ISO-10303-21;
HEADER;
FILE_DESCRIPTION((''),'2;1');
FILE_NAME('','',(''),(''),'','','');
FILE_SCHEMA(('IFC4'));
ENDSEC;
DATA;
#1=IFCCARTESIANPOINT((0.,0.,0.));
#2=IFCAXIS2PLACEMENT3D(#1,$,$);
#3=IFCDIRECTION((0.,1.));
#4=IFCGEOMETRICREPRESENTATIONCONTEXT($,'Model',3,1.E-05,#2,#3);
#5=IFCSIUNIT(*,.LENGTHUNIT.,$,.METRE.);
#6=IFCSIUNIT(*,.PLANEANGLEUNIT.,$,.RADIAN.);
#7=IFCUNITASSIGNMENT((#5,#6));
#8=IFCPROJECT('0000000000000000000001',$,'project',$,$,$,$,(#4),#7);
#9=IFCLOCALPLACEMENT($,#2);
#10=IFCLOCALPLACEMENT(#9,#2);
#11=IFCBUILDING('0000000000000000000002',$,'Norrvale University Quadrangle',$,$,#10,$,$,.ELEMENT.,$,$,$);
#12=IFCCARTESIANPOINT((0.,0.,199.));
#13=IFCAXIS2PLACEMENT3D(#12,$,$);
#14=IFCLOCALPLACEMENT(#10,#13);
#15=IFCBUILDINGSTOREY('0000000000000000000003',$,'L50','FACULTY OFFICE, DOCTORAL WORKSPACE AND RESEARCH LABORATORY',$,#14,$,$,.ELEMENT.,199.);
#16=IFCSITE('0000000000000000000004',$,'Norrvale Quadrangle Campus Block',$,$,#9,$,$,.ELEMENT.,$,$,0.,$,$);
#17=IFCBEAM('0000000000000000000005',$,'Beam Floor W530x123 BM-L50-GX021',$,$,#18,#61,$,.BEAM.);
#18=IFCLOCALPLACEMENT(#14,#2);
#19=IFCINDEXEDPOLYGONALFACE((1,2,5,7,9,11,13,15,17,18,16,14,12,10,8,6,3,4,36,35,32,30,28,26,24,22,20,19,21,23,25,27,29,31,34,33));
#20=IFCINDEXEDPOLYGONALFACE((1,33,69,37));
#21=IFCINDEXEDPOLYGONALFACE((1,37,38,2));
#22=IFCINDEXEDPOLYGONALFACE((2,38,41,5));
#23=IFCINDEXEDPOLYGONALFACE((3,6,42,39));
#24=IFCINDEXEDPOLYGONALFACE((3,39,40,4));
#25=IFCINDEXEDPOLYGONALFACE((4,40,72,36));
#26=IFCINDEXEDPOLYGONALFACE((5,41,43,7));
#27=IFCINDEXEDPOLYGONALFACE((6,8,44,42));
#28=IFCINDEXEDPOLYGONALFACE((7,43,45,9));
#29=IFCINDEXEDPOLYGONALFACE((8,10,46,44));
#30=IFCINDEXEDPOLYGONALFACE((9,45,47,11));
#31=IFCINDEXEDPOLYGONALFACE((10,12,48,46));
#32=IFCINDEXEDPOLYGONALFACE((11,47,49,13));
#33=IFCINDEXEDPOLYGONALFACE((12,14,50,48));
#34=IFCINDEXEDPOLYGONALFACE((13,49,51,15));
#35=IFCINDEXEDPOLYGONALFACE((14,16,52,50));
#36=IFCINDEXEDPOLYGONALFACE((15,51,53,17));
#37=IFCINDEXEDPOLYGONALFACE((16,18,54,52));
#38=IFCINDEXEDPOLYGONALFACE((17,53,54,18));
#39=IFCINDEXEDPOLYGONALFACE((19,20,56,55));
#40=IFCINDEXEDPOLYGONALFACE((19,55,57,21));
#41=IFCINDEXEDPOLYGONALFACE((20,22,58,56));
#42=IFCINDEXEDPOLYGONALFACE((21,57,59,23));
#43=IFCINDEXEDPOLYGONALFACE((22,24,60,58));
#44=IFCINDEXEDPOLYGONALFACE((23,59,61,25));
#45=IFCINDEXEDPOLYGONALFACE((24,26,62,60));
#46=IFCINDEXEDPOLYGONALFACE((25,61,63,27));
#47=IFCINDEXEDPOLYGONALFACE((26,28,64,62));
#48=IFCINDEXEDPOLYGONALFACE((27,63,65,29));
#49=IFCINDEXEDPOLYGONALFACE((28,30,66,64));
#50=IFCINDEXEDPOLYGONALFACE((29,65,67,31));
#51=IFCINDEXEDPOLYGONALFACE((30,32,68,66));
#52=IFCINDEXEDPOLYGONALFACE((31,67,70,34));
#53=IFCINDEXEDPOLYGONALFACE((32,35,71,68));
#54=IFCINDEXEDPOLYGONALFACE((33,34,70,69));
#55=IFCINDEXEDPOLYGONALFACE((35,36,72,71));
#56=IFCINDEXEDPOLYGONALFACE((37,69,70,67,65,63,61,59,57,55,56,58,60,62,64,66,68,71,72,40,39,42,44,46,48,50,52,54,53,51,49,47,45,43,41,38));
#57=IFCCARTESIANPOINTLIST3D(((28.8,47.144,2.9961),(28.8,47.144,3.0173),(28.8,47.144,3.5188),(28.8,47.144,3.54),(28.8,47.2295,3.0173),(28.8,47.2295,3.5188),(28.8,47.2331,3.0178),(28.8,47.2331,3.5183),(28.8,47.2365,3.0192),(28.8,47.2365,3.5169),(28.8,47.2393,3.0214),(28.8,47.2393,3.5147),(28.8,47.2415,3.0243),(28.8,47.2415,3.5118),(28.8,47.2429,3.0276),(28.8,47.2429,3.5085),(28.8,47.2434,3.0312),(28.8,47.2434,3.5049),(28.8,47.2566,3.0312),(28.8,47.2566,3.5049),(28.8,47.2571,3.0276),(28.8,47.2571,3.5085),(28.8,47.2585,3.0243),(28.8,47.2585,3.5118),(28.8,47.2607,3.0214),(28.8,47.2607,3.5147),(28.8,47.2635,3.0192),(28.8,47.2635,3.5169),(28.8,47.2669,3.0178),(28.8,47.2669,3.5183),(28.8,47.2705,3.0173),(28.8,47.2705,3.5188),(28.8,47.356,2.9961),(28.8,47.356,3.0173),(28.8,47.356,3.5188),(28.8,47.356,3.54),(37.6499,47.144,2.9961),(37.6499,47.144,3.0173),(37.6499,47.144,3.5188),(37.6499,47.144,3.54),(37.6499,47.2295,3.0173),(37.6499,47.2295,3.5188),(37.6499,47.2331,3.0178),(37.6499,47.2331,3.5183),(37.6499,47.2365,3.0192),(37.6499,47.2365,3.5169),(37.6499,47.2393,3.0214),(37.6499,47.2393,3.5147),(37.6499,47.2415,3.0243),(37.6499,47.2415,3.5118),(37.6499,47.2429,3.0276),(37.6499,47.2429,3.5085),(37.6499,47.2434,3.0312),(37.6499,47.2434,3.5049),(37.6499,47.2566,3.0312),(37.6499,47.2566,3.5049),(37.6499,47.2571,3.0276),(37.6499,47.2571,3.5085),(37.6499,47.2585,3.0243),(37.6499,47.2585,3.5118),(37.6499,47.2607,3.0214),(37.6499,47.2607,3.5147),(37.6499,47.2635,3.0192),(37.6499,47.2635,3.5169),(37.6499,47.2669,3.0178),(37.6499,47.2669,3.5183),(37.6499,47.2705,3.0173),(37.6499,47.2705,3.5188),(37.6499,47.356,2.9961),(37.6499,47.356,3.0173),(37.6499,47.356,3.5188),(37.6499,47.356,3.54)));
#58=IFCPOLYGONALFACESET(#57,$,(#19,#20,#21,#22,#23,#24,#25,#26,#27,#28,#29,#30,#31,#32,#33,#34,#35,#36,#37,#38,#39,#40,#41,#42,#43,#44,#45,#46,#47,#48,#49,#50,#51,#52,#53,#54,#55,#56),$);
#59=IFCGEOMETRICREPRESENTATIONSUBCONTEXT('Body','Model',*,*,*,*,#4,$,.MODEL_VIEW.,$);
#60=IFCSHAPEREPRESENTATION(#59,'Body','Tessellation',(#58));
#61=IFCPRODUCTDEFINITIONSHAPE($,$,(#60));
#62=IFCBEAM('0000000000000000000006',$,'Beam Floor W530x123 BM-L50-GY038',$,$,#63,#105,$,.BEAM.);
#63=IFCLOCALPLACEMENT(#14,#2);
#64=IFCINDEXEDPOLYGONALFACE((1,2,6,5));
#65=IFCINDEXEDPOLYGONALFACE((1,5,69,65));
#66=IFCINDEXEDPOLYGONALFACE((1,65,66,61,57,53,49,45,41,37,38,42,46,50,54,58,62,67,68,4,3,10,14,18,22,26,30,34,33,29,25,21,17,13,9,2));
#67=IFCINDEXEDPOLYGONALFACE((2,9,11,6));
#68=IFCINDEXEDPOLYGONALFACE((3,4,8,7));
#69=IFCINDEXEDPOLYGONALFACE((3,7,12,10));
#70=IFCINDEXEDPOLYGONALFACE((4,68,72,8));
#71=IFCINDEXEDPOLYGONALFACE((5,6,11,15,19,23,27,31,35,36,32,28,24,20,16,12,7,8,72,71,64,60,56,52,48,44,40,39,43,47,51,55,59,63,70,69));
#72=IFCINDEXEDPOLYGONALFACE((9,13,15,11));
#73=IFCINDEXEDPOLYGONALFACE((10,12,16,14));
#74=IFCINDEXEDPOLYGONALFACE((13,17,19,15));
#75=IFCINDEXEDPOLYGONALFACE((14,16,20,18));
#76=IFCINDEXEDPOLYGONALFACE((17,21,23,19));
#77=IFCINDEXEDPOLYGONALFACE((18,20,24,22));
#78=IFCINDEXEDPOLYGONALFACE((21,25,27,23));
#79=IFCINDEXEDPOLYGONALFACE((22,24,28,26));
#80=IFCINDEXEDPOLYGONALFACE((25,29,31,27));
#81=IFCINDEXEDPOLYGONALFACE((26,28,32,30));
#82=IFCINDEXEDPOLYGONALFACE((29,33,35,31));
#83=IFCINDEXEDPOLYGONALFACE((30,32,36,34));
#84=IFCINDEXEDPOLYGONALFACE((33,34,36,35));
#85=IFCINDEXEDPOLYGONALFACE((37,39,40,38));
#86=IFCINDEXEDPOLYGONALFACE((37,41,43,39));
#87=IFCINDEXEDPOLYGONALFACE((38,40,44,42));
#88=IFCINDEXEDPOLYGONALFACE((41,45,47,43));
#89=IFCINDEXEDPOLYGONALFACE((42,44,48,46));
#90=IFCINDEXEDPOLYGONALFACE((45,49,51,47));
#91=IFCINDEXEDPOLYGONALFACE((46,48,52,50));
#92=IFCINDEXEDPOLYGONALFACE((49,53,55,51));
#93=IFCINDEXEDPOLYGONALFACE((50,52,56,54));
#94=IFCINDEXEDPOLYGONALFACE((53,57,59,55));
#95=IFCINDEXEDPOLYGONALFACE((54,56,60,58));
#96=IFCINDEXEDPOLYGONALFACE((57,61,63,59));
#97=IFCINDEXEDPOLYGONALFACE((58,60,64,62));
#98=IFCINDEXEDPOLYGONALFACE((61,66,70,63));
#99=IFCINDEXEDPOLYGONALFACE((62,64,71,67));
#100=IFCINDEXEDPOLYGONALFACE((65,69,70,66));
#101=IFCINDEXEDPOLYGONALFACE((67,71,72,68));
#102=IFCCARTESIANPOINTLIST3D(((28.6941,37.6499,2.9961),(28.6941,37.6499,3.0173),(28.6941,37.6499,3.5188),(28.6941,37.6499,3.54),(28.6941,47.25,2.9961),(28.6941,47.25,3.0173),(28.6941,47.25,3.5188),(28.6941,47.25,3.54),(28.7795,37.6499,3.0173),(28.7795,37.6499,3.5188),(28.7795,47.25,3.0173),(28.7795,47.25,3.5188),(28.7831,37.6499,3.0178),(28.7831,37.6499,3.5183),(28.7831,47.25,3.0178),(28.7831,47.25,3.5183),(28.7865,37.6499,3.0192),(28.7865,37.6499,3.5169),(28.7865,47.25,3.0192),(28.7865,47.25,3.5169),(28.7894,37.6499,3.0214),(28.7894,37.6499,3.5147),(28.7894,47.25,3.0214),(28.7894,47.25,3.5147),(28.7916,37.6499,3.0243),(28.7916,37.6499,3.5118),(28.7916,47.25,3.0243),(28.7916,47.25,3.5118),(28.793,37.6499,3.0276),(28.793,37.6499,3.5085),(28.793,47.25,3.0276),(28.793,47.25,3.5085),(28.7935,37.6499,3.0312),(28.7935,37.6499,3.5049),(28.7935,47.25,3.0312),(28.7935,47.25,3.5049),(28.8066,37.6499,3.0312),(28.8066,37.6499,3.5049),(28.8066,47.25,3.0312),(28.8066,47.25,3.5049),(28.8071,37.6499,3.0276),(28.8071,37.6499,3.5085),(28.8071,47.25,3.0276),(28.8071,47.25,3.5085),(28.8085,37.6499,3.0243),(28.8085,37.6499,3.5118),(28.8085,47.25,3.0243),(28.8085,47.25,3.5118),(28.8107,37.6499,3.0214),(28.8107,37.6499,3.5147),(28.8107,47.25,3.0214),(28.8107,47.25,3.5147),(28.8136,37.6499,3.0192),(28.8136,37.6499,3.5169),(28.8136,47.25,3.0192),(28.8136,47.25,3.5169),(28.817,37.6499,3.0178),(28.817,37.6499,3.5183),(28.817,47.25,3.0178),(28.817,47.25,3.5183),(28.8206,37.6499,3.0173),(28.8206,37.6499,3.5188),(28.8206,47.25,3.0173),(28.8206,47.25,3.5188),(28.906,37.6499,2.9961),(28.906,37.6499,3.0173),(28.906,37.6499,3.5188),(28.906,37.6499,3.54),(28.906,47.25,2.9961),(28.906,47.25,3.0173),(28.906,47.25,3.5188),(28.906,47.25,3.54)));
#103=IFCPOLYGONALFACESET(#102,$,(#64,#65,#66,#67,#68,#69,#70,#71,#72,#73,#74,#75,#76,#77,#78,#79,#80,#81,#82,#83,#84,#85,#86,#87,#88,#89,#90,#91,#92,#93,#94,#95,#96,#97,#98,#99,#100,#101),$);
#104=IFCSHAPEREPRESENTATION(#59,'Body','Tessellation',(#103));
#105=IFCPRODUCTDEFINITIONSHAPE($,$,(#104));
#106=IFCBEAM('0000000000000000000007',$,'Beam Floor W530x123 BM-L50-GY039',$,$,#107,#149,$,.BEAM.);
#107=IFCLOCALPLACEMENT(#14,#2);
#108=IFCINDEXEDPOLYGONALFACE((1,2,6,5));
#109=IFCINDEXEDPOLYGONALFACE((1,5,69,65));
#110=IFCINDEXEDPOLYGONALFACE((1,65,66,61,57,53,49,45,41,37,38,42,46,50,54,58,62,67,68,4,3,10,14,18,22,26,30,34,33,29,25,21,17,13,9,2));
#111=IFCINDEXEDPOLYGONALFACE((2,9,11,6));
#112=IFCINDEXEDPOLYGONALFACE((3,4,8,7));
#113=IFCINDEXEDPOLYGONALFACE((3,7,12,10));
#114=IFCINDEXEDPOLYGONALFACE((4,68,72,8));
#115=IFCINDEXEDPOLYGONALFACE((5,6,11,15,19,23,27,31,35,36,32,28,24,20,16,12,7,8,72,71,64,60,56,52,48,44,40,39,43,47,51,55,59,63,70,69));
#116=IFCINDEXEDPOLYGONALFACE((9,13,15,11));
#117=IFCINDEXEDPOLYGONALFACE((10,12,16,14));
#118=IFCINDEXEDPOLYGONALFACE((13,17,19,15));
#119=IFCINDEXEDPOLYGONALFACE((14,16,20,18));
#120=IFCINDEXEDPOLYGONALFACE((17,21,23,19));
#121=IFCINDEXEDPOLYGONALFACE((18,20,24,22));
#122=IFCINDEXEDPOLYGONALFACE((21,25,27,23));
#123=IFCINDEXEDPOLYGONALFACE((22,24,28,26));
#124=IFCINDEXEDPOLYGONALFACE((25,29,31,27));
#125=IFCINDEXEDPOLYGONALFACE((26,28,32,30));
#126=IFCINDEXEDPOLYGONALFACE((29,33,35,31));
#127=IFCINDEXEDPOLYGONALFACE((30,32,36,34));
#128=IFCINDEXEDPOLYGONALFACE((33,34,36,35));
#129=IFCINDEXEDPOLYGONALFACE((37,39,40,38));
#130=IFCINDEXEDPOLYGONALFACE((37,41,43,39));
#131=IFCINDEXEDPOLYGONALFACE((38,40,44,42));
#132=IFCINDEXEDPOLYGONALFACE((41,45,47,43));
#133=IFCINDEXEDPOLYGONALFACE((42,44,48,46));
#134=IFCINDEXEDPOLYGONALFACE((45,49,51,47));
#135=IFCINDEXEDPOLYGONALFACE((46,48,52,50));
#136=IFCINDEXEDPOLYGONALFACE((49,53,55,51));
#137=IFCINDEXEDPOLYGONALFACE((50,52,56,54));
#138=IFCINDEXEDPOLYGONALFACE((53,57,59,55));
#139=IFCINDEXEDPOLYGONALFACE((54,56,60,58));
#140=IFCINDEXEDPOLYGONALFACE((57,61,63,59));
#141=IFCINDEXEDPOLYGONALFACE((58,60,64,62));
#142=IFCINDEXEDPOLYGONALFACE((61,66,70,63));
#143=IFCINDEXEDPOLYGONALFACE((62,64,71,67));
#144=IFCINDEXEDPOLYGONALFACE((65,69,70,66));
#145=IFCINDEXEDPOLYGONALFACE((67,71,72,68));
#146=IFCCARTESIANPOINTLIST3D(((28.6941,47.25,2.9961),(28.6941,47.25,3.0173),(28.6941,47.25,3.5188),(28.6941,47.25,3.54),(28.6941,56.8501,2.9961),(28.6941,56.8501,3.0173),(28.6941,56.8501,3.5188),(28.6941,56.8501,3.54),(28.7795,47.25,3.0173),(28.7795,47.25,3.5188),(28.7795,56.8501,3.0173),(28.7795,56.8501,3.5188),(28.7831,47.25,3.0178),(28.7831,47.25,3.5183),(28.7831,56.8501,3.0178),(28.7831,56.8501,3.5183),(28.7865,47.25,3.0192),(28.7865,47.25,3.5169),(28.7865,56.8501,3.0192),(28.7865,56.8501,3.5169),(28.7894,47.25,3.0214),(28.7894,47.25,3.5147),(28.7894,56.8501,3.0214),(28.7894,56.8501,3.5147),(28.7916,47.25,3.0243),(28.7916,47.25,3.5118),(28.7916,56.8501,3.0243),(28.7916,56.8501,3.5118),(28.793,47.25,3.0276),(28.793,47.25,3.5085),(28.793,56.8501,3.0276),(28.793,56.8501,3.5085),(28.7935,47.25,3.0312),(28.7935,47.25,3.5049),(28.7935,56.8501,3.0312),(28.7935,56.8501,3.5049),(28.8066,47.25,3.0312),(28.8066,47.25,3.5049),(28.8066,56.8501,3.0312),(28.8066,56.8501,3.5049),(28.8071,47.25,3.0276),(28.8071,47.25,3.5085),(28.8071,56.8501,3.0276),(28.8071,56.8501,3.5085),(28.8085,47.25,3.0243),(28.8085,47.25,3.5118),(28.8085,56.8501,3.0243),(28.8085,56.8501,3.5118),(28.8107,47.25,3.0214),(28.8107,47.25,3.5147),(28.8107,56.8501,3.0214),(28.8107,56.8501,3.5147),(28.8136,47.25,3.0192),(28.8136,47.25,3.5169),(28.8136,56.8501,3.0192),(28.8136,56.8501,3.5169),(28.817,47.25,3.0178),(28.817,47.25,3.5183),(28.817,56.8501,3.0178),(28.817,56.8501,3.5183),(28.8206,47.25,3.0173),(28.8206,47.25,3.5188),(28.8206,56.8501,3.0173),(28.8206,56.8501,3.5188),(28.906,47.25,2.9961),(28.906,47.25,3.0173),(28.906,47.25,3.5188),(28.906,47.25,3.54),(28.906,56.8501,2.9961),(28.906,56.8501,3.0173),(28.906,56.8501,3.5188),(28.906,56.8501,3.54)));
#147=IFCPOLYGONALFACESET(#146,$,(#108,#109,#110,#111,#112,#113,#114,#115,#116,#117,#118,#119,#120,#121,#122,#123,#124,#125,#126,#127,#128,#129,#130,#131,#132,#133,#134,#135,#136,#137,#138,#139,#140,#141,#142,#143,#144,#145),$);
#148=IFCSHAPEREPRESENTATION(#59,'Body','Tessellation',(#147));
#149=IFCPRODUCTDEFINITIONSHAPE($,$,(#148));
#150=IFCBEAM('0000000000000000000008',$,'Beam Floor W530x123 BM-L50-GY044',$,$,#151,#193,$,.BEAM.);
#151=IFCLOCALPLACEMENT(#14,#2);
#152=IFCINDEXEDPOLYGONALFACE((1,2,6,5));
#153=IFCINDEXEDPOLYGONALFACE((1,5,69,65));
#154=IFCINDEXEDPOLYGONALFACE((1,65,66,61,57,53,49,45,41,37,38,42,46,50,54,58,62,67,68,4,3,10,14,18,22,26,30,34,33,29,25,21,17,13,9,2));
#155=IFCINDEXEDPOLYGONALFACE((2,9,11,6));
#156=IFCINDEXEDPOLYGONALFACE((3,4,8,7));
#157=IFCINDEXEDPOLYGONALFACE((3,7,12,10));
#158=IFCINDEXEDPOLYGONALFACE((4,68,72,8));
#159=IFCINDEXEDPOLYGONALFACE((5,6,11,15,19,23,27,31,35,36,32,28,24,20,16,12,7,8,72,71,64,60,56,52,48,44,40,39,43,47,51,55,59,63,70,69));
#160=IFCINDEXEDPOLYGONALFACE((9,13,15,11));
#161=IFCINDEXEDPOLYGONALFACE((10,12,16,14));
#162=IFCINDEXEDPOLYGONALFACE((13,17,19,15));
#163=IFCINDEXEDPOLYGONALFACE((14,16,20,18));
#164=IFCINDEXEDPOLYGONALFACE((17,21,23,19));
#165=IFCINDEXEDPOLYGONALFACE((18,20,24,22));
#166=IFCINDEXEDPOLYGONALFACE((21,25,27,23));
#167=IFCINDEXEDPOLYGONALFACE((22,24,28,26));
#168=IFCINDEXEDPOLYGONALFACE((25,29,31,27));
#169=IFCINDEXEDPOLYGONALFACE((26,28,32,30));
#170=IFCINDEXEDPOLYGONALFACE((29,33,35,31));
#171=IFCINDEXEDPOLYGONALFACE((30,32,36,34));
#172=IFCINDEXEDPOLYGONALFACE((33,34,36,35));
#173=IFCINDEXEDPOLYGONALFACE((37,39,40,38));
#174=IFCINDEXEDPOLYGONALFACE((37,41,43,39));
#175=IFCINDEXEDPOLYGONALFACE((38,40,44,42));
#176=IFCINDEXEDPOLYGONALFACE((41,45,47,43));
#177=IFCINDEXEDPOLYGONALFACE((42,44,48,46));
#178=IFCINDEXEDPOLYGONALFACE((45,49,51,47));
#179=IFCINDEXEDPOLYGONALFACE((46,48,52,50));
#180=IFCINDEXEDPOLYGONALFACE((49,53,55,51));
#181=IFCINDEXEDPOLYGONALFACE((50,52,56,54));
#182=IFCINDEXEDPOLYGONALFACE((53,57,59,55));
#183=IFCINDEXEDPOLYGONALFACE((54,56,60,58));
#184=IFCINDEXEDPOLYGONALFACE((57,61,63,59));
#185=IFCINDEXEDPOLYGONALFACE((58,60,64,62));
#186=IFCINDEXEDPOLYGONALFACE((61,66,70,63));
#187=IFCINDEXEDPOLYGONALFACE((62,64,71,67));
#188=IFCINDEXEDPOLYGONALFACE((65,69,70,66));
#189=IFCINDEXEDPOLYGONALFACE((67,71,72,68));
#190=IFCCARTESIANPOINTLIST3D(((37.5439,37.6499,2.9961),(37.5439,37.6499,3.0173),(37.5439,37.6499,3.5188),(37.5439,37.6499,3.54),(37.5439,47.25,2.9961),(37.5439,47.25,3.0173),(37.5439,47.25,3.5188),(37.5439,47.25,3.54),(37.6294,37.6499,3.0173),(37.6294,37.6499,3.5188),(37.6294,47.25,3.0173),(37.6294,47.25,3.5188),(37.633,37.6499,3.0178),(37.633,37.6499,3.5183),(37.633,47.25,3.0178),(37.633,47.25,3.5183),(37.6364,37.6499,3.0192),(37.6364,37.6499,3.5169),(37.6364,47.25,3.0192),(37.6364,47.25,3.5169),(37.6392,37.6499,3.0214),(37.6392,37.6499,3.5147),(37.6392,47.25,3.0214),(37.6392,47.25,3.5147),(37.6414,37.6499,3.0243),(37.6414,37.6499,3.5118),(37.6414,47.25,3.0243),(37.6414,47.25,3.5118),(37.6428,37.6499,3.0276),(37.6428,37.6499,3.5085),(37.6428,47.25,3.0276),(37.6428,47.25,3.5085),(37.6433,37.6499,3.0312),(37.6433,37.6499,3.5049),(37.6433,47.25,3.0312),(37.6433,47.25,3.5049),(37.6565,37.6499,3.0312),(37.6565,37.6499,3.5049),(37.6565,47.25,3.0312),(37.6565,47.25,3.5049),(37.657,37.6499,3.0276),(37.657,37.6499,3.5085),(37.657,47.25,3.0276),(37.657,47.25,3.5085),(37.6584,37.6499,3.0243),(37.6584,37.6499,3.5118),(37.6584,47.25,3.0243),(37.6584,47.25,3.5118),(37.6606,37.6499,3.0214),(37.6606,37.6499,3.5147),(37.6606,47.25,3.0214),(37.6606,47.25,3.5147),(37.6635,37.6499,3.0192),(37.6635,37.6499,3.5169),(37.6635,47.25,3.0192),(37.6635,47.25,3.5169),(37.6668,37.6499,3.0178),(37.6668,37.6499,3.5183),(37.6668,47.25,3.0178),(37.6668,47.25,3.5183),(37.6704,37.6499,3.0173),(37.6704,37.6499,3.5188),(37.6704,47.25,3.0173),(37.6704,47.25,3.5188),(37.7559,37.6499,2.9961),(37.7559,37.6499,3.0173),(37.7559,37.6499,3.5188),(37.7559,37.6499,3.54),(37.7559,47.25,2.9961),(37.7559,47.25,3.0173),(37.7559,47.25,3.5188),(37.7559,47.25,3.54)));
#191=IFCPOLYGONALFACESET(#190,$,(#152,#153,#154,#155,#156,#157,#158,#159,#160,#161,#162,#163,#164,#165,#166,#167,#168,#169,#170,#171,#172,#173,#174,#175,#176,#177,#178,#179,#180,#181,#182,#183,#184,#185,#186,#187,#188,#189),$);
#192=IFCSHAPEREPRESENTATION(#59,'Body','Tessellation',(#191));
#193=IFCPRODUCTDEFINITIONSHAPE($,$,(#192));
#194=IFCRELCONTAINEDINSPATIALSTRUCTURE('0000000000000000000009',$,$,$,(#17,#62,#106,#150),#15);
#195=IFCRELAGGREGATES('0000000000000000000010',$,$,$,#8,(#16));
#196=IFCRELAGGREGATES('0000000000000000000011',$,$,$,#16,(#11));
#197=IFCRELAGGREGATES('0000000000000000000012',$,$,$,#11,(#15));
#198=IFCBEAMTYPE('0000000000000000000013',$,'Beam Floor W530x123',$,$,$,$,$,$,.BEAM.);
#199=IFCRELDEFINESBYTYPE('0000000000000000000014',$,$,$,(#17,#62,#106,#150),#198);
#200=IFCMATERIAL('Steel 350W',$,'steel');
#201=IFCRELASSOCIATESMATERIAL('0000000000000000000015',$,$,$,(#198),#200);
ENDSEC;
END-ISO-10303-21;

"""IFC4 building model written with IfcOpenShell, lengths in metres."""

from ifc_helpers import new_model, si_unit, direction, frame, origin, origin_2d, place, context, subcontext, project, spatial, i_section, extrude, material, material_profile, profile_set, type_object, element, save


model = new_model("IFC4")

# Units and contexts
model_context = context("Model", 3, precision=1e-05, world=origin(), true_north=direction((0.0, 1.0)))
body_context = subcontext(model_context, "Body", "Model", "MODEL_VIEW")
ifc_project = project(units=[si_unit("LENGTHUNIT", "METRE"), si_unit("PLANEANGLEUNIT", "RADIAN")], contexts=[model_context])

# Site, building, storey
site_placement = place(None, origin())
site = spatial("IfcSite", under=ifc_project, at=site_placement, Name="Norrvale Quadrangle Campus Block", CompositionType="ELEMENT", RefElevation=0.0)
building_placement = place(site_placement, origin())
building = spatial("IfcBuilding", under=site, at=building_placement, Name="Norrvale University Quadrangle", CompositionType="ELEMENT")
storey_placement = place(building_placement, frame((0.0, 0.0, 199.0)))
storey = spatial("IfcBuildingStorey", under=building, at=storey_placement, Name="L50", Description="FACULTY OFFICE, DOCTORAL WORKSPACE AND RESEARCH LABORATORY", CompositionType="ELEMENT", Elevation=199.0)

# Beams
ifc_material_1 = material(Name="Steel 350W", Category="steel")
ifc_material_profile_1 = material_profile(ifc_material_1, i_section(OverallWidth=0.2119, OverallDepth=0.5439, WebThickness=0.0132, FlangeThickness=0.0212, FilletRadius=0.0139, at=origin_2d()), Name="Steel 350W")
ifc_profile_set_1 = profile_set([ifc_material_profile_1], Name="Steel 350W")
beam_type_1 = type_object("IfcBeamType", Name="Beam Floor W530x123", PredefinedType="BEAM", material=ifc_profile_set_1)
beam_1_placement = place(storey_placement, frame((28.8, 47.25, 3.2681), z_axis=(1.0, 0.0, 0.0), x_axis=(0.0, 1.0, 0.0)))
element("IfcBeam", 1, at=beam_1_placement, inside=storey, type_object=beam_type_1, Name="Beam Floor W530x123 BM-L50-GX021", PredefinedType="BEAM", context=body_context, shape_type="SweptSolid", body=[
    extrude(i_section(OverallWidth=0.2119, OverallDepth=0.5439, WebThickness=0.0132, FlangeThickness=0.0212, FilletRadius=0.0139, at=origin_2d()), origin(), (0.0, 0.0, 1.0), 8.8499),
])
for number, where, z_axis, x_axis, name in (
    (2, (28.8, 37.6499, 3.2681), (0.0, 1.0, 0.0), (-1.0, 0.0, 0.0), "Beam Floor W530x123 BM-L50-GY038"),
    (3, (28.8, 47.25, 3.2681), (0.0, 1.0, 0.0), (-1.0, 0.0, 0.0), "Beam Floor W530x123 BM-L50-GY039"),
    (4, (37.6499, 37.6499, 3.2681), (0.0, 1.0, 0.0), (-1.0, 0.0, 0.0), "Beam Floor W530x123 BM-L50-GY044"),
):
    element("IfcBeam", number, at=place(storey_placement, frame(where, z_axis=z_axis, x_axis=x_axis)), inside=storey, type_object=beam_type_1, Name=name, PredefinedType="BEAM", context=body_context, shape_type="SweptSolid", body=[
        extrude(i_section(OverallWidth=0.2119, OverallDepth=0.5439, WebThickness=0.0132, FlangeThickness=0.0212, FilletRadius=0.0139, at=origin_2d()), origin(), (0.0, 0.0, 1.0), 9.6001),
    ])

save(model, "model.ifc")
